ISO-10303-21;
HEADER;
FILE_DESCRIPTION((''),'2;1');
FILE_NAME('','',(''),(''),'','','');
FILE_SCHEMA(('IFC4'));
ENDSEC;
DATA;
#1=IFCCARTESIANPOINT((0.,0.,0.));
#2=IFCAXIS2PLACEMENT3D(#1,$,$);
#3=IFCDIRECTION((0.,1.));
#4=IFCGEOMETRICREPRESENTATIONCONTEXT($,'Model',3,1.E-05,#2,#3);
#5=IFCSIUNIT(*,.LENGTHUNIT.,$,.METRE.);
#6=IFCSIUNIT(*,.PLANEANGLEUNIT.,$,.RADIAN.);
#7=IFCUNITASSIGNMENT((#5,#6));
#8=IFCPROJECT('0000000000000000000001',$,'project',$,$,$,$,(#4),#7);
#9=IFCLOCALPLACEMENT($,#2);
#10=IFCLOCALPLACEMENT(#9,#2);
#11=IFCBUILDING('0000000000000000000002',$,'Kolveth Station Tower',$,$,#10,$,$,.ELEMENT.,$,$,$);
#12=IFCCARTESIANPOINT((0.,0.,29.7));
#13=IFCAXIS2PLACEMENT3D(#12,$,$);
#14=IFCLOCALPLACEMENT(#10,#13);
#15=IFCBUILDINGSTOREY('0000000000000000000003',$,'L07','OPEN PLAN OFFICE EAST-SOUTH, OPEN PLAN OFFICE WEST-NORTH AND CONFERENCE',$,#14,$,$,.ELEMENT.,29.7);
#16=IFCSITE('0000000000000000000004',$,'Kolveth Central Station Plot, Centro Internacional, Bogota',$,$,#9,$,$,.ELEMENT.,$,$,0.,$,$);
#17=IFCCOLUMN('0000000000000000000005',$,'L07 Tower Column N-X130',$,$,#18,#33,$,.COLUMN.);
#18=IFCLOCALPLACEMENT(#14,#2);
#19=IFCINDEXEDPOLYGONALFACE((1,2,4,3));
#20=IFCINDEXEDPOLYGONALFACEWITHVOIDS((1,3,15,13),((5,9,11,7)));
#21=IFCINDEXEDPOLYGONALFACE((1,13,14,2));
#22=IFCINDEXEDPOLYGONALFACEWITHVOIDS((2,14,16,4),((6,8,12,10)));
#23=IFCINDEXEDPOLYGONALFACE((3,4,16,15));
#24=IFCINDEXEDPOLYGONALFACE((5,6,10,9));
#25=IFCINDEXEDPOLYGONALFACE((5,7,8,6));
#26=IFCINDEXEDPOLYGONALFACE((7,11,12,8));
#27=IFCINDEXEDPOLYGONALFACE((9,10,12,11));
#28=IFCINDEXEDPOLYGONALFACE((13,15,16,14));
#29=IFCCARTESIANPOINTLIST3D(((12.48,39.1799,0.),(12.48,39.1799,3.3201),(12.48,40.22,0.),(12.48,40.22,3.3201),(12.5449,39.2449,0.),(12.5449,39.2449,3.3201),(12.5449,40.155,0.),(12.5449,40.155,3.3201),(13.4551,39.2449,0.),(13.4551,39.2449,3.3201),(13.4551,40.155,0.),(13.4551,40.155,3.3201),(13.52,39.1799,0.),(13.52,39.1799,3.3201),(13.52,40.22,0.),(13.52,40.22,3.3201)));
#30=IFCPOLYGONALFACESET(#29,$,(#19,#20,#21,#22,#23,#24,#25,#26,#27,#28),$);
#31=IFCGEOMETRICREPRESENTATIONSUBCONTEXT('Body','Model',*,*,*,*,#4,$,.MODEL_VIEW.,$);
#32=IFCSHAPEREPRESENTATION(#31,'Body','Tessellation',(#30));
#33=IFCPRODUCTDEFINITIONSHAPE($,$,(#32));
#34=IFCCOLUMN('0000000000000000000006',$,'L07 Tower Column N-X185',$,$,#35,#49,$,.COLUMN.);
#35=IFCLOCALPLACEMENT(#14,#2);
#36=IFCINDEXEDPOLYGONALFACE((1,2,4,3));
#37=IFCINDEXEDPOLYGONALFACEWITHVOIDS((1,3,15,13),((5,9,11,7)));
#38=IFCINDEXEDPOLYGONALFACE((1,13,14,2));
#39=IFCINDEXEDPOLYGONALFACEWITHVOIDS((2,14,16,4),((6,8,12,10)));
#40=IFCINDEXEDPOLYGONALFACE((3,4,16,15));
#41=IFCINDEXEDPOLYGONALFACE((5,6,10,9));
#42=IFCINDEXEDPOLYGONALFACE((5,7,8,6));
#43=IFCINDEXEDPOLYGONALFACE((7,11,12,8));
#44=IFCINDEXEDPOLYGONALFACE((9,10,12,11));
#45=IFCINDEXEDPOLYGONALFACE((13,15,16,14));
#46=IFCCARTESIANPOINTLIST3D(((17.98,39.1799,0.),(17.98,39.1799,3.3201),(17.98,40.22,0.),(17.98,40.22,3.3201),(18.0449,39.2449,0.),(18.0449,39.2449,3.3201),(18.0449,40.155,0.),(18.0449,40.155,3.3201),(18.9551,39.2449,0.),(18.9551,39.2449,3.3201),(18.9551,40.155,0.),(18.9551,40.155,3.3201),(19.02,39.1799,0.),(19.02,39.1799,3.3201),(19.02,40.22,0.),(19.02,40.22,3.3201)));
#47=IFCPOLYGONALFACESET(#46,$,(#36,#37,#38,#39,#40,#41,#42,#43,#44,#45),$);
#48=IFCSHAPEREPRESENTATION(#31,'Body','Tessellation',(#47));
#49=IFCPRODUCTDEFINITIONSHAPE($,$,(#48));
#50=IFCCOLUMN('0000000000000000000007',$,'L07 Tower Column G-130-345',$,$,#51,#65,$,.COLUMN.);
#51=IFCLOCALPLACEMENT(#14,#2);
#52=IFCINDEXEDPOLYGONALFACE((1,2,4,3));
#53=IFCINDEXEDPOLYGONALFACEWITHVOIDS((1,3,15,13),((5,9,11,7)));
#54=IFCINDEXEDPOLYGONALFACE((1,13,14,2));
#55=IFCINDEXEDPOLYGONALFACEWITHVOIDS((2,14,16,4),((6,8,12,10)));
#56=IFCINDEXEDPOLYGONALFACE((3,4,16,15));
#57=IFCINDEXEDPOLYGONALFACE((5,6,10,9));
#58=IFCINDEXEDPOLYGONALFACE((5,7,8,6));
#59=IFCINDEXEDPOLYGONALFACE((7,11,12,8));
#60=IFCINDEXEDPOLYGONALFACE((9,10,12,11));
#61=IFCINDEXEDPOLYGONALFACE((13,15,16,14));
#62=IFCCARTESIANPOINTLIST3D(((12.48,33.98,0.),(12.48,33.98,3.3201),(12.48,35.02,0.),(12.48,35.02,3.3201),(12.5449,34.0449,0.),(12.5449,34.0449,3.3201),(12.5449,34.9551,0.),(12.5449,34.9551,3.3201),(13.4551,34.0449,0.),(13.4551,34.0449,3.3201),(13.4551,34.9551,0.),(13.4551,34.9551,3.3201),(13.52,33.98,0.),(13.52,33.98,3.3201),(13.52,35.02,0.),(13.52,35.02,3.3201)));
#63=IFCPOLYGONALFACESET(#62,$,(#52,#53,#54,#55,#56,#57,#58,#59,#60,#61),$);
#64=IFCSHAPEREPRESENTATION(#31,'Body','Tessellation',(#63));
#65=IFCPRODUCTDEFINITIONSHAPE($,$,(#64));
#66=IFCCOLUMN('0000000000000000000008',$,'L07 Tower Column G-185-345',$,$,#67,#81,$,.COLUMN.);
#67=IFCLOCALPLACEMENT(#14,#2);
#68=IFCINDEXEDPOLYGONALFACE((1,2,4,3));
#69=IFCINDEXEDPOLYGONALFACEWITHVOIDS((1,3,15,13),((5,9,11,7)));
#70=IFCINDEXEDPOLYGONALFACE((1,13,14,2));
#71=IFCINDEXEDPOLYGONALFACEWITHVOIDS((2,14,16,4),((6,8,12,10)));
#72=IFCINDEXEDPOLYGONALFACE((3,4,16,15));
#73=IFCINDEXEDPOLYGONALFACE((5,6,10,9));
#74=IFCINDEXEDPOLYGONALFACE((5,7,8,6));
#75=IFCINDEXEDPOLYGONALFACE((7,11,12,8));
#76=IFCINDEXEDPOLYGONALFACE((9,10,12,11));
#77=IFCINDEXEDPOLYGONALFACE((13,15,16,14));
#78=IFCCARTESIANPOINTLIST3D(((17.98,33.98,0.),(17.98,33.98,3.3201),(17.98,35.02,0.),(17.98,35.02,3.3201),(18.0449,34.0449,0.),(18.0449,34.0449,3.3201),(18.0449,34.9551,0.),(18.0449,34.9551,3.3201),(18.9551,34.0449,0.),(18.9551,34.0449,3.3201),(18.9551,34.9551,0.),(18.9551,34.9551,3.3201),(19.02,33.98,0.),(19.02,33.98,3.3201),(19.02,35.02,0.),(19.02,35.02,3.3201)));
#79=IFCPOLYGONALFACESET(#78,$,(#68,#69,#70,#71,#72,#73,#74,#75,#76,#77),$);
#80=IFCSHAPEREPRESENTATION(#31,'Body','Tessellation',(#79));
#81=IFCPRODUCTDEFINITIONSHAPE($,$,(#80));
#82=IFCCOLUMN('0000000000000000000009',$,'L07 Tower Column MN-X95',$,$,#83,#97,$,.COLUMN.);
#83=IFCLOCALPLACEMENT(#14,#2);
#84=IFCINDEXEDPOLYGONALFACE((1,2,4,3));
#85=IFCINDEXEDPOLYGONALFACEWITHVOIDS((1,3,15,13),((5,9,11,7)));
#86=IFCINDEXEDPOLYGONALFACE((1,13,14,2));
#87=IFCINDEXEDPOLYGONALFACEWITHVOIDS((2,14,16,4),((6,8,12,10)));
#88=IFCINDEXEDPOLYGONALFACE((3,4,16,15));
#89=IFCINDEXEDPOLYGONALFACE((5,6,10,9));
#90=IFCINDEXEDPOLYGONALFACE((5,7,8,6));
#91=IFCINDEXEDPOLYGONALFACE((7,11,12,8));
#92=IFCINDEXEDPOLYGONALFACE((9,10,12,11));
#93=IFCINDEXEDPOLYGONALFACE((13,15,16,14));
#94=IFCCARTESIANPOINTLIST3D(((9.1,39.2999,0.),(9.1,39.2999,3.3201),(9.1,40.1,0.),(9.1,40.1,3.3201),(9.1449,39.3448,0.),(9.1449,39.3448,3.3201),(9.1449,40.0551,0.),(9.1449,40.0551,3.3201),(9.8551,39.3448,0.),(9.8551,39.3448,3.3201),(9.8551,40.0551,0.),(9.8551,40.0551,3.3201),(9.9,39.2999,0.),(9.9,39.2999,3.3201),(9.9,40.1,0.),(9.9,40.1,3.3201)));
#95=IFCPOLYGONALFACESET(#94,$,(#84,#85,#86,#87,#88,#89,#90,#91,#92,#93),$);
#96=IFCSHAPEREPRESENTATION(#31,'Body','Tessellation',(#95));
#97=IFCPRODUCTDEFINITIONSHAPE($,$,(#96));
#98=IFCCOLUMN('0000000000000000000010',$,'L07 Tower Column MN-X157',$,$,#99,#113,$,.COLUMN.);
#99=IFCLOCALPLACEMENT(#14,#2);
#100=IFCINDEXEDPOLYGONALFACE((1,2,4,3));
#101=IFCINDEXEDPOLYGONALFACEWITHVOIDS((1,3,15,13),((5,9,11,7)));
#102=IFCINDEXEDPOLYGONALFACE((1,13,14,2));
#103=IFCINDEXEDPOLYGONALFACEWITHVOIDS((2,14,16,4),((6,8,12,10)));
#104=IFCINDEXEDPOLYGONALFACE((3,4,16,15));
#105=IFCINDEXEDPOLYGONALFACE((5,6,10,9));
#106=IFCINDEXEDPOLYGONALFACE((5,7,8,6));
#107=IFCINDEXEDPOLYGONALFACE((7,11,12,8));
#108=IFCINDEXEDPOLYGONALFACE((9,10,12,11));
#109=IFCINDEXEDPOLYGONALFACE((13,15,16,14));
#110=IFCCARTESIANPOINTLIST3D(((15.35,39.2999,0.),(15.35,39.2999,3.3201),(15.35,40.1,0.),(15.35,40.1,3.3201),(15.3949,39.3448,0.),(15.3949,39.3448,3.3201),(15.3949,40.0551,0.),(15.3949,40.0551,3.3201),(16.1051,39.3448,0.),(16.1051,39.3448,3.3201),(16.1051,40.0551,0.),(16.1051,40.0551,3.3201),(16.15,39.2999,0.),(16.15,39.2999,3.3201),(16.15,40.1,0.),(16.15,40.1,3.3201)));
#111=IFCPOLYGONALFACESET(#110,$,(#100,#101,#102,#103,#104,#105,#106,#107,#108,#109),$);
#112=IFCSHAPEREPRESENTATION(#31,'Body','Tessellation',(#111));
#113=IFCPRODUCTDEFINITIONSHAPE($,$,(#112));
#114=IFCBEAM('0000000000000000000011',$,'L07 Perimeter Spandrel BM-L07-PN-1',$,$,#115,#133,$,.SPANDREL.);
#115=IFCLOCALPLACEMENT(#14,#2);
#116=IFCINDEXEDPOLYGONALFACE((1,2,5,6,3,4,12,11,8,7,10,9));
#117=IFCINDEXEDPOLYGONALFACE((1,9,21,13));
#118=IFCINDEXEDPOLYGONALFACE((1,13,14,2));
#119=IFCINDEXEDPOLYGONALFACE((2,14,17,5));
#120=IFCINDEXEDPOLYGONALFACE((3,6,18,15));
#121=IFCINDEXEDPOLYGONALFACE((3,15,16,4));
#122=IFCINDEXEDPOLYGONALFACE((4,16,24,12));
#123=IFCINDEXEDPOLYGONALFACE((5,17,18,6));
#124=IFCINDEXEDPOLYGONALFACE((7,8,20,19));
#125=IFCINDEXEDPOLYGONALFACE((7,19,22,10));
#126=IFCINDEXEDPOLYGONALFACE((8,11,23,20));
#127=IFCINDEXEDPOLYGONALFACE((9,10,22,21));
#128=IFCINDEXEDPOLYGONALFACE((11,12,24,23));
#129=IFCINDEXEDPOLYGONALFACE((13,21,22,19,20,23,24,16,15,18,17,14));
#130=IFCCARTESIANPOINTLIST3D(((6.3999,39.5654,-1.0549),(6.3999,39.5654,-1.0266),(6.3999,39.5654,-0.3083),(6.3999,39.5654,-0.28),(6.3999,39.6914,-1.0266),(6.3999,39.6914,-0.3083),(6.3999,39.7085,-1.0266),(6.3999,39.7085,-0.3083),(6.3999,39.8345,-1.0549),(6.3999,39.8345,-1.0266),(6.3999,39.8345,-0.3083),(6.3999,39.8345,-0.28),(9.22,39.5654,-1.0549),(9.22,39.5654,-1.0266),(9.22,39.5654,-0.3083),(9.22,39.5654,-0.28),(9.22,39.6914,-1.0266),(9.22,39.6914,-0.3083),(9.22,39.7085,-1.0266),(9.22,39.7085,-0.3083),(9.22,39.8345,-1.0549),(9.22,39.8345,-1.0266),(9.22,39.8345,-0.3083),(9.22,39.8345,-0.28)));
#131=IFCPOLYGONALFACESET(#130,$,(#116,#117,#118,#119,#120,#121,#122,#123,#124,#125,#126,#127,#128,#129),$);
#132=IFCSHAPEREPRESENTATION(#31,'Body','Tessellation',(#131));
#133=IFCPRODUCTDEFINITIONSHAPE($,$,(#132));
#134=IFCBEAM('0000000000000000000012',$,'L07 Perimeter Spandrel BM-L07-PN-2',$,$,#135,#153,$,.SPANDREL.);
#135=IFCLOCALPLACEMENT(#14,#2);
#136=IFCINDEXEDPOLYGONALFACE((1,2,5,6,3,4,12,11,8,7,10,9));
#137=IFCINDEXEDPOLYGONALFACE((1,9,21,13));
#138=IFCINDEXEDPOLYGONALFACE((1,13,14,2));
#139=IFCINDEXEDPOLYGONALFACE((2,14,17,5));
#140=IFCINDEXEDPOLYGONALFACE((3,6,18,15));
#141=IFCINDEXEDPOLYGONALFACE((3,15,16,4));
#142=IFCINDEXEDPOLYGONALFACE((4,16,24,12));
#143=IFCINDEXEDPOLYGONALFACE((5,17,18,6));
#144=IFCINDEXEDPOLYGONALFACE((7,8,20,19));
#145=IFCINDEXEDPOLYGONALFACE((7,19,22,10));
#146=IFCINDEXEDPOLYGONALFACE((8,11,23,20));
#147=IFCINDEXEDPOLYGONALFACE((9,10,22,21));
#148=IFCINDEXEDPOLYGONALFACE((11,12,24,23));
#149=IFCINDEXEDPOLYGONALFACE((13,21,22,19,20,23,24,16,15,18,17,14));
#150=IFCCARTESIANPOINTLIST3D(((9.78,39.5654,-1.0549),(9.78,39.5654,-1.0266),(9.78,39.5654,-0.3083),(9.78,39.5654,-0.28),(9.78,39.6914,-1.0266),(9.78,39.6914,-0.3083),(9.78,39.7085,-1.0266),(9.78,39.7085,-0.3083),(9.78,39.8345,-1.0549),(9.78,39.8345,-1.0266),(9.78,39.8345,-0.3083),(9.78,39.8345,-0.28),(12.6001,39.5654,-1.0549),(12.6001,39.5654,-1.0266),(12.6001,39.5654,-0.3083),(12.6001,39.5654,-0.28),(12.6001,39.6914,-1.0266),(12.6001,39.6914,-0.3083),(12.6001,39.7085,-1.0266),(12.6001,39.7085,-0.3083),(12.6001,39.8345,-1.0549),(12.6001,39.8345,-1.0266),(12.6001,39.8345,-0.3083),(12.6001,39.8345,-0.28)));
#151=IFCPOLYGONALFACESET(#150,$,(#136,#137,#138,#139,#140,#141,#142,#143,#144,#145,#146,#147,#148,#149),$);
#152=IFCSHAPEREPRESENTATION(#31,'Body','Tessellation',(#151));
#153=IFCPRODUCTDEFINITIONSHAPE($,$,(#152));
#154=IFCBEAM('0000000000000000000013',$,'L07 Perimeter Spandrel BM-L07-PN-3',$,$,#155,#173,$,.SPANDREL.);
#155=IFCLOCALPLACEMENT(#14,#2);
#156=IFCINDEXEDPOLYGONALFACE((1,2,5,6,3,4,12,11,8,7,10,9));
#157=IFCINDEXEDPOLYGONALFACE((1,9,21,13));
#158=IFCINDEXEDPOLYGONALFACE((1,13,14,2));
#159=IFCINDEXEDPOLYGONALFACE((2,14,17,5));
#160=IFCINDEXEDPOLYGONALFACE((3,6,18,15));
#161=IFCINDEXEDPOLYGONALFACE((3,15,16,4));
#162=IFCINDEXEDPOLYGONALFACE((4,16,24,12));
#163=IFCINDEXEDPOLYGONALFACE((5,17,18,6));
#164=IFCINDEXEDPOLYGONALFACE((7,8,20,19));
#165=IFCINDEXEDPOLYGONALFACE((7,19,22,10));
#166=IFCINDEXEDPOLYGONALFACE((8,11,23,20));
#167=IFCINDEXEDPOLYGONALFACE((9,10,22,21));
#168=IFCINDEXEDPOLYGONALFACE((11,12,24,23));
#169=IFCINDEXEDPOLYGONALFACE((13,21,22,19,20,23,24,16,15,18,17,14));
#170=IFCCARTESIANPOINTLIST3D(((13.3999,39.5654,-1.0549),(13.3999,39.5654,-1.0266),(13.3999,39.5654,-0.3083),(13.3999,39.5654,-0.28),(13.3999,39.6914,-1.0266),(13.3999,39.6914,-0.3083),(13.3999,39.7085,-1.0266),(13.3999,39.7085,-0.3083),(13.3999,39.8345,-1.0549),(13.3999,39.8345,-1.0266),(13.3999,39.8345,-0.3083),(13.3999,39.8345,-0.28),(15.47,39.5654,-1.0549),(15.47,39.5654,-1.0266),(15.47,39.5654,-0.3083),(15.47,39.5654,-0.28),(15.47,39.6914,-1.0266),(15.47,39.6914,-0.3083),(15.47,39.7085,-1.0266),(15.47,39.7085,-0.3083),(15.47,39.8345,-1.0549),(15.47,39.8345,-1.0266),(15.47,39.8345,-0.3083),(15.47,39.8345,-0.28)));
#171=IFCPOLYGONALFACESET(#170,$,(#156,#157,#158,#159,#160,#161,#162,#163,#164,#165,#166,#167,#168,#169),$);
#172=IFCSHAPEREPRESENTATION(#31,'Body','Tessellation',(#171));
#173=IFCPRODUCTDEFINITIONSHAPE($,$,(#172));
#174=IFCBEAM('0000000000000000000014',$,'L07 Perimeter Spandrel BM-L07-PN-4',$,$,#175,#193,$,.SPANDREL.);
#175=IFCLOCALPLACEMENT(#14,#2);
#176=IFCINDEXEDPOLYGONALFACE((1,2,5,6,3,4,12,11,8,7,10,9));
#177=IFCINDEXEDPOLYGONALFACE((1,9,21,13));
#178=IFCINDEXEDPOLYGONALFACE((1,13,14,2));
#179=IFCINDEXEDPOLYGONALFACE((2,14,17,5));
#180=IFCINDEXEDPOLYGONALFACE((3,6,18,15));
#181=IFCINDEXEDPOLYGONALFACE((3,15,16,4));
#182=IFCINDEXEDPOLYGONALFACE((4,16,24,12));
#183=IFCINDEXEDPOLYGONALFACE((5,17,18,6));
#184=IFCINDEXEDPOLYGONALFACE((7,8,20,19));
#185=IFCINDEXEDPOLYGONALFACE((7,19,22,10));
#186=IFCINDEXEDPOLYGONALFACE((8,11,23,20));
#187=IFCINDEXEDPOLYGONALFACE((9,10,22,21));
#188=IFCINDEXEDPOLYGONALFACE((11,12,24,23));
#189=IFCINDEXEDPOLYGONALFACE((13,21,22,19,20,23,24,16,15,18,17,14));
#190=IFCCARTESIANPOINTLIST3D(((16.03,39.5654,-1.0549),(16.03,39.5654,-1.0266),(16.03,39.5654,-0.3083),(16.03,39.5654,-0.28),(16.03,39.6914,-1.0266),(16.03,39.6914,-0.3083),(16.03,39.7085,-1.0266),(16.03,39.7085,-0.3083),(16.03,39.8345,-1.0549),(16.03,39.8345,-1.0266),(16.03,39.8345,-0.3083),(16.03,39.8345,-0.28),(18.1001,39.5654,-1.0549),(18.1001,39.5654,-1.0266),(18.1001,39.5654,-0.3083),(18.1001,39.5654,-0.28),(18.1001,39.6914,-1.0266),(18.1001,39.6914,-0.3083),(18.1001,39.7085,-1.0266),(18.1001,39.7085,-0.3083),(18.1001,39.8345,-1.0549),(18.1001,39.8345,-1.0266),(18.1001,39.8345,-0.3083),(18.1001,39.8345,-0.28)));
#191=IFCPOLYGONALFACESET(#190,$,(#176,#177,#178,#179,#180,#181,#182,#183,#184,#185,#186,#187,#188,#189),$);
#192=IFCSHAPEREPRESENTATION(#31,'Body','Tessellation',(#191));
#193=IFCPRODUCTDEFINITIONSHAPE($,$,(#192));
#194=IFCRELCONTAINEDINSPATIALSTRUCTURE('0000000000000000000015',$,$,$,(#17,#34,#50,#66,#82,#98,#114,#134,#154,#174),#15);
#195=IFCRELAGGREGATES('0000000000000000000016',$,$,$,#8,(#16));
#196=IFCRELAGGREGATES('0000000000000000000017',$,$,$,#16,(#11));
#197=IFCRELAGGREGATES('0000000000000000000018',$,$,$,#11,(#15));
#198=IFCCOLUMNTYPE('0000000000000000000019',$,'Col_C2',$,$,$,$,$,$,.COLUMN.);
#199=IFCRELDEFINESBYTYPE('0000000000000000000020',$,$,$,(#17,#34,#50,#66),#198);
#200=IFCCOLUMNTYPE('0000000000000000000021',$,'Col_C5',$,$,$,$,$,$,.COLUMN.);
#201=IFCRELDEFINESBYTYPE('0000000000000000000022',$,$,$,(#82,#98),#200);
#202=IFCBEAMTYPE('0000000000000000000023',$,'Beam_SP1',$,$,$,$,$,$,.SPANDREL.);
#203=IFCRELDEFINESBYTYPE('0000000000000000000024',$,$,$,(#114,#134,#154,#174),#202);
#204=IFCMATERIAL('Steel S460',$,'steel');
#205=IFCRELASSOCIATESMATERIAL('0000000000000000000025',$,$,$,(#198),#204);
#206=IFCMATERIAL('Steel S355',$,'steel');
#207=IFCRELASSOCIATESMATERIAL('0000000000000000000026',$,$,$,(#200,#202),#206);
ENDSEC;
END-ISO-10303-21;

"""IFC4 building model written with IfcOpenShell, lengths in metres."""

from ifc_helpers import new_model, si_unit, direction, frame, origin, origin_2d, place, context, subcontext, project, spatial, hollow_rectangle, i_section, extrude, source, transform, mapped, material, material_profile, profile_set, type_object, element, save


model = new_model("IFC4")

# Units and contexts
model_context = context("Model", 3, precision=1e-05, world=origin(), true_north=direction((0.0, 1.0)))
body_context = subcontext(model_context, "Body", "Model", "MODEL_VIEW")
ifc_project = project(units=[si_unit("LENGTHUNIT", "METRE"), si_unit("PLANEANGLEUNIT", "RADIAN")], contexts=[model_context])

# Site, building, storey
site_placement = place(None, origin())
site = spatial("IfcSite", under=ifc_project, at=site_placement, Name="Kolveth Central Station Plot, Centro Internacional, Bogota", CompositionType="ELEMENT", RefElevation=0.0)
building_placement = place(site_placement, origin())
building = spatial("IfcBuilding", under=site, at=building_placement, Name="Kolveth Station Tower", CompositionType="ELEMENT")
storey_placement = place(building_placement, frame((0.0, 0.0, 29.7)))
storey = spatial("IfcBuildingStorey", under=building, at=storey_placement, Name="L07", Description="OPEN PLAN OFFICE EAST-SOUTH, OPEN PLAN OFFICE WEST-NORTH AND CONFERENCE", CompositionType="ELEMENT", Elevation=29.7)

# Columns
ifc_material_1 = material(Name="Steel S460", Category="steel")
ifc_material_profile_1 = material_profile(ifc_material_1, hollow_rectangle(XDim=1.04, YDim=1.04, WallThickness=0.0649, at=origin_2d()), Name="BOX1040x1040x65")
ifc_profile_set_1 = profile_set([ifc_material_profile_1], Name="Steel S460")
column_type_1 = type_object("IfcColumnType", Name="Col_C2", PredefinedType="COLUMN", material=ifc_profile_set_1)
shared_shape_1 = source(origin(), body_context, "Body", "SweptSolid", [
    extrude(hollow_rectangle(XDim=1.04, YDim=1.04, WallThickness=0.0649, at=origin_2d()), origin(), (0.0, 0.0, 1.0), 3.3201),
])
for number, where, z_axis, x_axis, name in (
    (1, (13.0, 39.7, 0.0), (0.0, 0.0, 1.0), (1.0, 0.0, 0.0), "L07 Tower Column N-X130"),
    (2, (18.5, 39.7, 0.0), (0.0, 0.0, 1.0), (1.0, 0.0, 0.0), "L07 Tower Column N-X185"),
    (3, (13.0, 34.5, 0.0), (0.0, 0.0, 1.0), (1.0, 0.0, 0.0), "L07 Tower Column G-130-345"),
    (4, (18.5, 34.5, 0.0), (0.0, 0.0, 1.0), (1.0, 0.0, 0.0), "L07 Tower Column G-185-345"),
):
    element("IfcColumn", number, at=place(storey_placement, frame(where, z_axis=z_axis, x_axis=x_axis)), inside=storey, type_object=column_type_1, Name=name, PredefinedType="COLUMN", context=body_context, shape_type="MappedRepresentation", body=[
        mapped(shared_shape_1, transform((0.0, 0.0, 0.0), x_axis=(1.0, 0.0, 0.0), y_axis=(0.0, 1.0, 0.0), z_axis=(0.0, 0.0, 1.0), scale=1.0)),
    ])
ifc_material_2 = material(Name="Steel S355", Category="steel")
ifc_material_profile_2 = material_profile(ifc_material_2, hollow_rectangle(XDim=0.8, YDim=0.8, WallThickness=0.0449, at=origin_2d()), Name="BOX800x800x45")
ifc_profile_set_2 = profile_set([ifc_material_profile_2], Name="Steel S355")
column_type_2 = type_object("IfcColumnType", Name="Col_C5", PredefinedType="COLUMN", material=ifc_profile_set_2)
shared_shape_2 = source(origin(), body_context, "Body", "SweptSolid", [
    extrude(hollow_rectangle(XDim=0.8, YDim=0.8, WallThickness=0.0449, at=origin_2d()), origin(), (0.0, 0.0, 1.0), 3.3201),
])
for number, where, z_axis, x_axis, name in (
    (5, (9.5, 39.7, 0.0), (0.0, 0.0, 1.0), (1.0, 0.0, 0.0), "L07 Tower Column MN-X95"),
    (6, (15.75, 39.7, 0.0), (0.0, 0.0, 1.0), (1.0, 0.0, 0.0), "L07 Tower Column MN-X157"),
):
    element("IfcColumn", number, at=place(storey_placement, frame(where, z_axis=z_axis, x_axis=x_axis)), inside=storey, type_object=column_type_2, Name=name, PredefinedType="COLUMN", context=body_context, shape_type="MappedRepresentation", body=[
        mapped(shared_shape_2, transform((0.0, 0.0, 0.0), x_axis=(1.0, 0.0, 0.0), y_axis=(0.0, 1.0, 0.0), z_axis=(0.0, 0.0, 1.0), scale=1.0)),
    ])

# Beams
ifc_material_profile_3 = material_profile(ifc_material_2, i_section(OverallWidth=0.269, OverallDepth=0.7749, WebThickness=0.0171, FlangeThickness=0.0283, at=origin_2d()), Name="W760x220")
ifc_profile_set_3 = profile_set([ifc_material_profile_3], Name="Steel S355")
beam_type_1 = type_object("IfcBeamType", Name="Beam_SP1", PredefinedType="SPANDREL", material=ifc_profile_set_3)
shared_shape_3 = source(origin(), body_context, "Body", "SweptSolid", [
    extrude(i_section(OverallWidth=0.269, OverallDepth=0.7749, WebThickness=0.0171, FlangeThickness=0.0283, at=origin_2d()), origin(), (0.0, 0.0, 1.0), 2.8201),
])
for number, where, z_axis, x_axis, name in (
    (7, (6.3999, 39.7, -0.6675), (1.0, 0.0, 0.0), (0.0, 1.0, 0.0), "L07 Perimeter Spandrel BM-L07-PN-1"),
    (8, (9.78, 39.7, -0.6675), (1.0, 0.0, 0.0), (0.0, 1.0, 0.0), "L07 Perimeter Spandrel BM-L07-PN-2"),
):
    element("IfcBeam", number, at=place(storey_placement, frame(where, z_axis=z_axis, x_axis=x_axis)), inside=storey, type_object=beam_type_1, Name=name, PredefinedType="SPANDREL", context=body_context, shape_type="MappedRepresentation", body=[
        mapped(shared_shape_3, transform((0.0, 0.0, 0.0), x_axis=(1.0, 0.0, 0.0), y_axis=(0.0, 1.0, 0.0), z_axis=(0.0, 0.0, 1.0), scale=1.0)),
    ])
shared_shape_4 = source(origin(), body_context, "Body", "SweptSolid", [
    extrude(i_section(OverallWidth=0.269, OverallDepth=0.7749, WebThickness=0.0171, FlangeThickness=0.0283, at=origin_2d()), origin(), (0.0, 0.0, 1.0), 2.0701),
])
for number, where, z_axis, x_axis, name in (
    (9, (13.3999, 39.7, -0.6675), (1.0, 0.0, 0.0), (0.0, 1.0, 0.0), "L07 Perimeter Spandrel BM-L07-PN-3"),
    (10, (16.03, 39.7, -0.6675), (1.0, 0.0, 0.0), (0.0, 1.0, 0.0), "L07 Perimeter Spandrel BM-L07-PN-4"),
):
    element("IfcBeam", number, at=place(storey_placement, frame(where, z_axis=z_axis, x_axis=x_axis)), inside=storey, type_object=beam_type_1, Name=name, PredefinedType="SPANDREL", context=body_context, shape_type="MappedRepresentation", body=[
        mapped(shared_shape_4, transform((0.0, 0.0, 0.0), x_axis=(1.0, 0.0, 0.0), y_axis=(0.0, 1.0, 0.0), z_axis=(0.0, 0.0, 1.0), scale=1.0)),
    ])

save(model, "model.ifc")
